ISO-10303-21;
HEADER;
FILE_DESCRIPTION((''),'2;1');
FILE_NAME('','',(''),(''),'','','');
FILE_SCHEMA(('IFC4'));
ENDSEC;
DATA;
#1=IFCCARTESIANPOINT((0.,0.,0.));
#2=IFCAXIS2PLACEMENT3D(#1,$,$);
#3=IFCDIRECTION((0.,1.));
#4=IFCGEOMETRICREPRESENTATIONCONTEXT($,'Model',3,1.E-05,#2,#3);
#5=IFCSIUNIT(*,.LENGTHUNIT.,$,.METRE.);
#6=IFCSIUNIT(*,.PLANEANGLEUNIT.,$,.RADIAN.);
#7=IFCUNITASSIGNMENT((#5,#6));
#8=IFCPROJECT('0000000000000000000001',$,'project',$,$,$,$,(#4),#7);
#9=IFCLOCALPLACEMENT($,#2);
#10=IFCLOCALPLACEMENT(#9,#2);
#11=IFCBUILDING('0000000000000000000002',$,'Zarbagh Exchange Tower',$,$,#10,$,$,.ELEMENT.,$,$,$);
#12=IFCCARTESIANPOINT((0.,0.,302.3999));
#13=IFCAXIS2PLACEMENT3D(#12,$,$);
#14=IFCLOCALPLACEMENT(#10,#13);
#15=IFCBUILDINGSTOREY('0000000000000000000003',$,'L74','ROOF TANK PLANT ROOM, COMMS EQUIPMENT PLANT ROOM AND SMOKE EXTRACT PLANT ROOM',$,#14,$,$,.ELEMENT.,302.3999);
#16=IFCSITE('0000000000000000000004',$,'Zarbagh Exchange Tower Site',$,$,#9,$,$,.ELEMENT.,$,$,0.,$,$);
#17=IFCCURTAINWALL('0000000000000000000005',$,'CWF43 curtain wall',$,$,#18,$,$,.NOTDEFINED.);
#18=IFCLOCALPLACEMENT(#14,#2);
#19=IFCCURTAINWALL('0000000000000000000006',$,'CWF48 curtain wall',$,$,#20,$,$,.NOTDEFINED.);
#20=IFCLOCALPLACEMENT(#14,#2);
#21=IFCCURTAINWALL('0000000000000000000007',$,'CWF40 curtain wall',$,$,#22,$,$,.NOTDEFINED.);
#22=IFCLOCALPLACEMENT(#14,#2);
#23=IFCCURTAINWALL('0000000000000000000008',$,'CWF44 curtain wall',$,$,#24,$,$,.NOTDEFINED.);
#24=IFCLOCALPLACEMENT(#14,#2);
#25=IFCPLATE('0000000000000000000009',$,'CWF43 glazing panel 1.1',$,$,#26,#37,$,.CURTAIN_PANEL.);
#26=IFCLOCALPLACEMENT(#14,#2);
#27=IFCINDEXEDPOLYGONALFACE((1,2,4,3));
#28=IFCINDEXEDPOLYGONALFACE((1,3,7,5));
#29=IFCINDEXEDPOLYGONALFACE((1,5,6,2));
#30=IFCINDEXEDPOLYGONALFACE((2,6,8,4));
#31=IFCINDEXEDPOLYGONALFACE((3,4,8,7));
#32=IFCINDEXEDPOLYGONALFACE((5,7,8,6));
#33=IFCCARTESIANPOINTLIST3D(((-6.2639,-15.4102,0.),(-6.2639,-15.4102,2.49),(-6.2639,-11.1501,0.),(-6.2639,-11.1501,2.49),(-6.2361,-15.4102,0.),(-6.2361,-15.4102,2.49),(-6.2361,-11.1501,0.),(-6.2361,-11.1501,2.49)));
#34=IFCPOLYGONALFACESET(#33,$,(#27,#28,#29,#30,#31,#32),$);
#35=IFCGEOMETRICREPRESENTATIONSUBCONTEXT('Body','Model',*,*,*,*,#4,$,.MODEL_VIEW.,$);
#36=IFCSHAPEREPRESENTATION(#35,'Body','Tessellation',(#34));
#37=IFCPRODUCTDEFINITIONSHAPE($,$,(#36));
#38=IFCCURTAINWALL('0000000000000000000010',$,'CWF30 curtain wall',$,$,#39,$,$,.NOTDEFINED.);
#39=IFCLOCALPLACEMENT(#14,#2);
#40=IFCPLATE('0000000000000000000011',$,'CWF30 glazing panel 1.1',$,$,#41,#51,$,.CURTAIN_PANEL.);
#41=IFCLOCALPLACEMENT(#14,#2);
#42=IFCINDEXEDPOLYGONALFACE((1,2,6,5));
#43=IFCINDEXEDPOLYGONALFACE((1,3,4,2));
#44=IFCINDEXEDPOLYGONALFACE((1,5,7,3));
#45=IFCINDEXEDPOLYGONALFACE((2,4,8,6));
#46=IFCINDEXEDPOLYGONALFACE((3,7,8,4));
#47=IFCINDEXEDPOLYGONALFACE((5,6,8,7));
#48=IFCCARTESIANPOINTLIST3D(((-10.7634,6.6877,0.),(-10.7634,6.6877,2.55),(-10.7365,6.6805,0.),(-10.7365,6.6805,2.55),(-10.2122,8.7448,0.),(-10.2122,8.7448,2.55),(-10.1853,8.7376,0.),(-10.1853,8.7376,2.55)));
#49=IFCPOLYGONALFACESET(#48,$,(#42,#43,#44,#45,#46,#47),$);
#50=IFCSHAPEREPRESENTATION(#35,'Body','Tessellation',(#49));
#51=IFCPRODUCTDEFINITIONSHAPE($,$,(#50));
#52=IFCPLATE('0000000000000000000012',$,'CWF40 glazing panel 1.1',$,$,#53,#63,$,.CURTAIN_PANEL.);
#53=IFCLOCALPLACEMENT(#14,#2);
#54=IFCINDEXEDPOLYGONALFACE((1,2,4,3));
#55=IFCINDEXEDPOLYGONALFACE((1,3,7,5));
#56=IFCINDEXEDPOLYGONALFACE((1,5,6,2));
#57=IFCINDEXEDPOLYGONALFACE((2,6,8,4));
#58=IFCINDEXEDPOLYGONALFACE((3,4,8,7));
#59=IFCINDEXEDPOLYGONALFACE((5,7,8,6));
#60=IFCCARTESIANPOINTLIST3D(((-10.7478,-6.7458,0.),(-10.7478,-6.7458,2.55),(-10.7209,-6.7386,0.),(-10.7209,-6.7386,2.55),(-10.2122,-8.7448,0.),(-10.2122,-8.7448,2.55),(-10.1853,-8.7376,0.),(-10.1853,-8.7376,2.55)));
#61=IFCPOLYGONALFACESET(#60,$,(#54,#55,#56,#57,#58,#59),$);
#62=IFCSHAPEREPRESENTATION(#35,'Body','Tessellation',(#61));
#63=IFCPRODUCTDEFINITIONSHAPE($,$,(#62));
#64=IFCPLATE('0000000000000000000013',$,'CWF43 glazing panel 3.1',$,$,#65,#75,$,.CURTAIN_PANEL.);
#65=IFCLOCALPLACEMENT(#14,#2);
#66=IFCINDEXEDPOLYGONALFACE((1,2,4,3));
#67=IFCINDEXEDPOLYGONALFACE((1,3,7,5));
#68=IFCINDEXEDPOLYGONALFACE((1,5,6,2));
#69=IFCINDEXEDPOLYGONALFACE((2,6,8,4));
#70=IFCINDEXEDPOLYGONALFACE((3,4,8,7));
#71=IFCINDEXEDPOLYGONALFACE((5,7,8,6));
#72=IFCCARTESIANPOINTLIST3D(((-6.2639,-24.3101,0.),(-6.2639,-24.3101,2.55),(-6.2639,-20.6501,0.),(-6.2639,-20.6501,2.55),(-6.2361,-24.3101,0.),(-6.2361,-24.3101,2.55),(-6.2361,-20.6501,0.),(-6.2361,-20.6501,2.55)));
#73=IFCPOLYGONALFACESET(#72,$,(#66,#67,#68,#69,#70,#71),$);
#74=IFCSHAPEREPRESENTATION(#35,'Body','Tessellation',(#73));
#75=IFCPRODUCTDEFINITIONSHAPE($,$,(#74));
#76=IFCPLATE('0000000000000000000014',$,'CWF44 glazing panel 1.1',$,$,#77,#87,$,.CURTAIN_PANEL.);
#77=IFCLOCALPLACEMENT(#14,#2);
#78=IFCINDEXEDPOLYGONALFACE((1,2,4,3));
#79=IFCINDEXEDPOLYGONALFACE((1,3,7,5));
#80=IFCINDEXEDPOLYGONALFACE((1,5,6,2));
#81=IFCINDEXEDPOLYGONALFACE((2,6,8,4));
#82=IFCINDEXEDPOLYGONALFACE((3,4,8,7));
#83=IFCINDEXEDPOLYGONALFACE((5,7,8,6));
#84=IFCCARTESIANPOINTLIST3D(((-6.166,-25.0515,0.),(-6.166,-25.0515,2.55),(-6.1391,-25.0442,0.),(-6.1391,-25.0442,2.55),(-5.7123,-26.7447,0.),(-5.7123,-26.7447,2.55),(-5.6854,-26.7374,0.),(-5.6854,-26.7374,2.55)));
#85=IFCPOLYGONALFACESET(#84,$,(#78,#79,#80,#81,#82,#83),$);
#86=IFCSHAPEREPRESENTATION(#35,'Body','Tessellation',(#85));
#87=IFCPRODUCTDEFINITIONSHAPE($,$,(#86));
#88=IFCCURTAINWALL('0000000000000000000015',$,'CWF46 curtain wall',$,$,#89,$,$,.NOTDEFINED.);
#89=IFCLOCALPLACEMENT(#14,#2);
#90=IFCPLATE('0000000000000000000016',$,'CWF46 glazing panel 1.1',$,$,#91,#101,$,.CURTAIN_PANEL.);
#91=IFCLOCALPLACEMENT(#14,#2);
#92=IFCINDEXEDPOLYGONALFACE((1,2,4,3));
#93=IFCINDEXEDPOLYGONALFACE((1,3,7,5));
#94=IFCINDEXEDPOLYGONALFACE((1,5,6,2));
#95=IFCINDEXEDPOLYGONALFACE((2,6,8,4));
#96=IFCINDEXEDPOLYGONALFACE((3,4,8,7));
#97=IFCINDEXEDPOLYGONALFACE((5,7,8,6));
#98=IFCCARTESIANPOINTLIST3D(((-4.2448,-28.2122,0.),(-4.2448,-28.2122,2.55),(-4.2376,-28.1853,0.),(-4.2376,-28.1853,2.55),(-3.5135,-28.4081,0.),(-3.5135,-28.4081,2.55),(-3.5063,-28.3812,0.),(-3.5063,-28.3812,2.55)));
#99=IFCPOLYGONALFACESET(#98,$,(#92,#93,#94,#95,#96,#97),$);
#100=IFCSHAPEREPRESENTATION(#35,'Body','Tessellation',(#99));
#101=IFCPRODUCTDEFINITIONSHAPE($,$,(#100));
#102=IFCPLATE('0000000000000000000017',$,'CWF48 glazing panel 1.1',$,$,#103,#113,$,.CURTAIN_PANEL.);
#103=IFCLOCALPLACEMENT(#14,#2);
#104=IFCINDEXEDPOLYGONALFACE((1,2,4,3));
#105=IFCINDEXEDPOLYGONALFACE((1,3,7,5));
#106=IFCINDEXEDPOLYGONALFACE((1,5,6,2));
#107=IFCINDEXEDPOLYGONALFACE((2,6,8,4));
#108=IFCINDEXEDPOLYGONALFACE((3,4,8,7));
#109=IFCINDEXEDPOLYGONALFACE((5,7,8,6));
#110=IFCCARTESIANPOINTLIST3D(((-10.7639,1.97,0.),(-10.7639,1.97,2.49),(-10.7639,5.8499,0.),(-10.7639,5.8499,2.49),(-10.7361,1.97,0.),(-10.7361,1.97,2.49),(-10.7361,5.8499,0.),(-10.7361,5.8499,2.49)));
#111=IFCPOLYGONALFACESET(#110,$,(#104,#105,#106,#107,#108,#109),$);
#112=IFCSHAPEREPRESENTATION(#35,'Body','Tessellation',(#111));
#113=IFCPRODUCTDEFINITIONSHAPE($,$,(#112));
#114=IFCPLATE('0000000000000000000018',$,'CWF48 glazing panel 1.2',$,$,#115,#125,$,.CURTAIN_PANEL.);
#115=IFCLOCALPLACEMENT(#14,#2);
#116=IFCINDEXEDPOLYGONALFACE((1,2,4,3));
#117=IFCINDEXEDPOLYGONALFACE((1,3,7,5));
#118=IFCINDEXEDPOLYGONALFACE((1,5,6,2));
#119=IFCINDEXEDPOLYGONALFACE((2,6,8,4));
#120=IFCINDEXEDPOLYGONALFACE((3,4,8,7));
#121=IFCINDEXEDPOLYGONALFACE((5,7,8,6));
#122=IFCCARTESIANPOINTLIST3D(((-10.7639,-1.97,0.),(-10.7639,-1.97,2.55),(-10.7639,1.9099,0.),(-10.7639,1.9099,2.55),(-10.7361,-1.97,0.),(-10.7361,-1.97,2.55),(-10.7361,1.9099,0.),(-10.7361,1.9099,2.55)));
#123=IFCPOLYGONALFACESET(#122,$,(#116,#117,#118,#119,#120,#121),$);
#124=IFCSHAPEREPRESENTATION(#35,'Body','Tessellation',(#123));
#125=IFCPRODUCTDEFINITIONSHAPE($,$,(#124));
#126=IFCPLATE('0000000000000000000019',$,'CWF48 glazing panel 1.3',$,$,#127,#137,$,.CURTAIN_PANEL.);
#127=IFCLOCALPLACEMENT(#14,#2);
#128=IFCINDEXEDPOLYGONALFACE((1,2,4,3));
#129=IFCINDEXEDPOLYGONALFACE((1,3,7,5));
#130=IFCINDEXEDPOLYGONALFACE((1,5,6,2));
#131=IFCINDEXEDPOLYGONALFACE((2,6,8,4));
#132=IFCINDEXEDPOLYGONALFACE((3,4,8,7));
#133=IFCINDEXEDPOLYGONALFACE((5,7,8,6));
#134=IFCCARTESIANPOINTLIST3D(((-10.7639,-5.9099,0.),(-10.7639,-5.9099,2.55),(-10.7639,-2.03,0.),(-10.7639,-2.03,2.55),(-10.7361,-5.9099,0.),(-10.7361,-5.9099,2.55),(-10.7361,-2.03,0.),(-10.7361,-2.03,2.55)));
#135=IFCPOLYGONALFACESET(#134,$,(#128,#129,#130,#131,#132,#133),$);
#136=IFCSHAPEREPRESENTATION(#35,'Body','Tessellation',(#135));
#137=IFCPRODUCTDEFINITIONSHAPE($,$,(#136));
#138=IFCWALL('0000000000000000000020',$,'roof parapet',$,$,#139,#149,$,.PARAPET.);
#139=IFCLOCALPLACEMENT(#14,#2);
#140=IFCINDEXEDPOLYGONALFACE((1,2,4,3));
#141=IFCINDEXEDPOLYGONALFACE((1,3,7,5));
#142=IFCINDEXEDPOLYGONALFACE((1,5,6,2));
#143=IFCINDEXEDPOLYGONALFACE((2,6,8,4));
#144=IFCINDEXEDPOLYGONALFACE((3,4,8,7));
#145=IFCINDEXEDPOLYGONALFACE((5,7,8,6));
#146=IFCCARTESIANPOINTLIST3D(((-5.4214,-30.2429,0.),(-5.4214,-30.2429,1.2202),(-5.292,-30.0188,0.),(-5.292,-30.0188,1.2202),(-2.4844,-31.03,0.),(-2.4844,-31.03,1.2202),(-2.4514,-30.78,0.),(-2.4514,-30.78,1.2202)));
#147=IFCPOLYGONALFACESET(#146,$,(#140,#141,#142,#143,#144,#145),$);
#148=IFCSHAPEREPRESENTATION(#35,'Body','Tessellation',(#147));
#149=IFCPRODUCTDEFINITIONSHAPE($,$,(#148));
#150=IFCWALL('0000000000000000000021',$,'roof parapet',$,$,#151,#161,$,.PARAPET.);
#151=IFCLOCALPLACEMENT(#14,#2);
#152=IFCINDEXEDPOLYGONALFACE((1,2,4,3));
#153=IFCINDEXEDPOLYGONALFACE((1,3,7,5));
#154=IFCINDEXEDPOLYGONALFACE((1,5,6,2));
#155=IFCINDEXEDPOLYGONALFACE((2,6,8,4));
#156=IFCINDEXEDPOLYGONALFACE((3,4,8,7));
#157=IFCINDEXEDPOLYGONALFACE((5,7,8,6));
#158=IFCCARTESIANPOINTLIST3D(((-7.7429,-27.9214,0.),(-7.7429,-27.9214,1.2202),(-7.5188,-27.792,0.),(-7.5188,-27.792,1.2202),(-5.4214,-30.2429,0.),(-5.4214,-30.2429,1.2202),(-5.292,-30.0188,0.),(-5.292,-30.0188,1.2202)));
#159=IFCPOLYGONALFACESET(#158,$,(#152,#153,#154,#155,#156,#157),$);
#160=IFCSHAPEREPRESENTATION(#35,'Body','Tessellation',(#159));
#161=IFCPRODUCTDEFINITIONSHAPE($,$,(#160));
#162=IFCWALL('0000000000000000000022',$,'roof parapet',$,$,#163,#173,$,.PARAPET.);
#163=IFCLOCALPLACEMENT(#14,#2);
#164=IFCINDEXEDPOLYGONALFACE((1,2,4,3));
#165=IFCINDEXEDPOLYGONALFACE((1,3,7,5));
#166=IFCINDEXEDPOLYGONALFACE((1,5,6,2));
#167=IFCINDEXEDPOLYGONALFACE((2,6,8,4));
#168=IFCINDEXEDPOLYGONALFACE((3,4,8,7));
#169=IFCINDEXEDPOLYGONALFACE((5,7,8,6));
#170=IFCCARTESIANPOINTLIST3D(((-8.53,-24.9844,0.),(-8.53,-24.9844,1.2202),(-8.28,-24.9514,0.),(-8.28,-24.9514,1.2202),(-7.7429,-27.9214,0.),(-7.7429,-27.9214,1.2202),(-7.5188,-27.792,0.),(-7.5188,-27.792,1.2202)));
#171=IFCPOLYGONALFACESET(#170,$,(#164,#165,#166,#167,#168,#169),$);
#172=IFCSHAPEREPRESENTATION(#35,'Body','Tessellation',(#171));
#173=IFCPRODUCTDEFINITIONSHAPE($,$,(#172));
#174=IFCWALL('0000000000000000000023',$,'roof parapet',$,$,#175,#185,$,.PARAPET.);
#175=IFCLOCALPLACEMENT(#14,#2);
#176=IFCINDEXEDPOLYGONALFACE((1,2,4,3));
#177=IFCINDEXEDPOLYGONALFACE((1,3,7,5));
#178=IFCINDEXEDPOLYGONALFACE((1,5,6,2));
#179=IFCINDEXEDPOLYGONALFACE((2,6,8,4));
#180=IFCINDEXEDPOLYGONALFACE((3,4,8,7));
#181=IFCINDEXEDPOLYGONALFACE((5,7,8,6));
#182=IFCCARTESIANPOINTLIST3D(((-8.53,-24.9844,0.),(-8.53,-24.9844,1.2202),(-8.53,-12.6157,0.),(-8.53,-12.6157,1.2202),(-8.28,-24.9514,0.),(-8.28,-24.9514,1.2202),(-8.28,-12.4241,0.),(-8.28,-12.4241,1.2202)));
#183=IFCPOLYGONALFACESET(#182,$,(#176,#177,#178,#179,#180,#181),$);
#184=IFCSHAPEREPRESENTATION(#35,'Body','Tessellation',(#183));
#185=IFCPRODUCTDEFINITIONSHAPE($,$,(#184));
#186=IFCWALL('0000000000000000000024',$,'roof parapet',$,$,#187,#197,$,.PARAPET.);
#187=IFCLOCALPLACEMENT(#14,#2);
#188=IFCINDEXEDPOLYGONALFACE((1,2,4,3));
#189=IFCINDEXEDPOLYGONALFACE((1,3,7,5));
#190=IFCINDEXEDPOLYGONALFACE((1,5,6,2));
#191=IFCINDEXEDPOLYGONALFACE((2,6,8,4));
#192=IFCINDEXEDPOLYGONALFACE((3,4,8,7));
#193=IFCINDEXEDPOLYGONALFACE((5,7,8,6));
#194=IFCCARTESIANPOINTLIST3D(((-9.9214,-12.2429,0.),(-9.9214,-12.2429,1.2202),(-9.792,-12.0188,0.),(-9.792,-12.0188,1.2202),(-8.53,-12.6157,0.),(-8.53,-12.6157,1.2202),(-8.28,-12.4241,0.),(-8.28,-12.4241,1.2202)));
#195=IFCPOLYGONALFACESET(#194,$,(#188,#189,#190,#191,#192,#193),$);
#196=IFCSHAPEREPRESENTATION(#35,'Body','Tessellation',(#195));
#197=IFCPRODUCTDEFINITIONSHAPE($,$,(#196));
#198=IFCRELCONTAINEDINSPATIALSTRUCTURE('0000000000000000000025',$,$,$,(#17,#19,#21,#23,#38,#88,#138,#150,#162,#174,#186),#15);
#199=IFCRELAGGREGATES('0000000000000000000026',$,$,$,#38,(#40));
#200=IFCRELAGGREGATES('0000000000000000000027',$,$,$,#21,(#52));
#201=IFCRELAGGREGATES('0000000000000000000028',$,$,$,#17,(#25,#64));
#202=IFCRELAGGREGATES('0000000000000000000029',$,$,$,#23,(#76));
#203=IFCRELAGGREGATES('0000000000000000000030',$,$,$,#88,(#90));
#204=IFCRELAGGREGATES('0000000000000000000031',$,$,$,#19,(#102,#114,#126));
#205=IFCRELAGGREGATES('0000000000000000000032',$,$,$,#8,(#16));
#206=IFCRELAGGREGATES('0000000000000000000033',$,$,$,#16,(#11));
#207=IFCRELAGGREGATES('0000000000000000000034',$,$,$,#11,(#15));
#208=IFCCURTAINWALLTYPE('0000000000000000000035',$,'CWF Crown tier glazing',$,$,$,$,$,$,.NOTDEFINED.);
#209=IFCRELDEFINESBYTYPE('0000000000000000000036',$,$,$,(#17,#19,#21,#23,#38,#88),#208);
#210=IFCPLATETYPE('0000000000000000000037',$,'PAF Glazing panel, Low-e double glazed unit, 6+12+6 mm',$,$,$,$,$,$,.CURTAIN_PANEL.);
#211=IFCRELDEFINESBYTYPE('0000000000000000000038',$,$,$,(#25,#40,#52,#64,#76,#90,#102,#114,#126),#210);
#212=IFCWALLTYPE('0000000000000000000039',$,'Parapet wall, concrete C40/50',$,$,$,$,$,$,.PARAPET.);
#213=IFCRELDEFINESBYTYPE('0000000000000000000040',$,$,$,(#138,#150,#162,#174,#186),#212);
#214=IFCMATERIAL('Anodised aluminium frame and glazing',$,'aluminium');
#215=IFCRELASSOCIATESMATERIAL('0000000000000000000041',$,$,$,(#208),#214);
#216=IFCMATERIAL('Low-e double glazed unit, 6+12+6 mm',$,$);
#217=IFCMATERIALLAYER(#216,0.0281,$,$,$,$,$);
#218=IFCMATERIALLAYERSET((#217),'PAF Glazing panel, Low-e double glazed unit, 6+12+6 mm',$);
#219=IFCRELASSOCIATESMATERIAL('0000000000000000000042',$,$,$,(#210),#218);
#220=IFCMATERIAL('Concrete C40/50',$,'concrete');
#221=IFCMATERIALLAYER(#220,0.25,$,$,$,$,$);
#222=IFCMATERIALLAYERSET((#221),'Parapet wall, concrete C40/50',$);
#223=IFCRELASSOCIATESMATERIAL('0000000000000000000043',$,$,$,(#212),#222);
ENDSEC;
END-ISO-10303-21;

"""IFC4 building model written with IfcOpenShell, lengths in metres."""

from ifc_helpers import new_model, si_unit, direction, frame, origin, place, context, subcontext, project, spatial, polyline, outline, extrude, source, transform, mapped, material, layer, layer_set, type_object, element, aggregate, save


model = new_model("IFC4")

# Units and contexts
model_context = context("Model", 3, precision=1e-05, world=origin(), true_north=direction((0.0, 1.0)))
body_context = subcontext(model_context, "Body", "Model", "MODEL_VIEW")
ifc_project = project(units=[si_unit("LENGTHUNIT", "METRE"), si_unit("PLANEANGLEUNIT", "RADIAN")], contexts=[model_context])

# Site, building, storey
site_placement = place(None, origin())
site = spatial("IfcSite", under=ifc_project, at=site_placement, Name="Zarbagh Exchange Tower Site", CompositionType="ELEMENT", RefElevation=0.0)
building_placement = place(site_placement, origin())
building = spatial("IfcBuilding", under=site, at=building_placement, Name="Zarbagh Exchange Tower", CompositionType="ELEMENT")
storey_placement = place(building_placement, frame((0.0, 0.0, 302.3999)))
storey = spatial("IfcBuildingStorey", under=building, at=storey_placement, Name="L74", Description="ROOF TANK PLANT ROOM, COMMS EQUIPMENT PLANT ROOM AND SMOKE EXTRACT PLANT ROOM", CompositionType="ELEMENT", Elevation=302.3999)

# Curtain wall
ifc_material_1 = material(Name="Anodised aluminium frame and glazing", Category="aluminium")
curtain_wall_type = type_object("IfcCurtainWallType", Name="CWF Crown tier glazing", PredefinedType="NOTDEFINED", material=ifc_material_1)
curtain_wall_1_placement = place(storey_placement, origin())
curtain_wall_1 = element("IfcCurtainWall", 1, at=curtain_wall_1_placement, inside=storey, type_object=curtain_wall_type, Name="CWF43 curtain wall", PredefinedType="NOTDEFINED")
placement = place(storey_placement, origin())

# Curtain wall
curtain_wall_2_placement = place(storey_placement, origin())
curtain_wall_2 = element("IfcCurtainWall", 2, at=curtain_wall_2_placement, inside=storey, type_object=curtain_wall_type, Name="CWF48 curtain wall", PredefinedType="NOTDEFINED")

# Curtain wall
curtain_wall_3_placement = place(storey_placement, origin())
curtain_wall_3 = element("IfcCurtainWall", 3, at=curtain_wall_3_placement, inside=storey, type_object=curtain_wall_type, Name="CWF40 curtain wall", PredefinedType="NOTDEFINED")

# Curtain wall
curtain_wall_4_placement = place(storey_placement, origin())
curtain_wall_4 = element("IfcCurtainWall", 4, at=curtain_wall_4_placement, inside=storey, type_object=curtain_wall_type, Name="CWF44 curtain wall", PredefinedType="NOTDEFINED")

# Shared definitions
ifc_material_2 = material(Name="Low-e double glazed unit, 6+12+6 mm")
ifc_layer_1 = layer(ifc_material_2, 0.0281)
ifc_layer_set_1 = layer_set([ifc_layer_1], Name="PAF Glazing panel, Low-e double glazed unit, 6+12+6 mm")
plate_type = type_object("IfcPlateType", Name="PAF Glazing panel, Low-e double glazed unit, 6+12+6 mm", PredefinedType="CURTAIN_PANEL", material=ifc_layer_set_1)

# Plate
shared_shape_1 = source(origin(), body_context, "Body", "SweptSolid", [
    extrude(outline(polyline([(0.0, -0.0139), (4.26, -0.0139), (4.26, 0.0139), (0.0, 0.0139), (0.0, -0.0139)])), origin(), (0.0, 0.0, 1.0), 2.49),
])
plate_1 = element("IfcPlate", 5, at=placement, type_object=plate_type, Name="CWF43 glazing panel 1.1", PredefinedType="CURTAIN_PANEL", context=body_context, shape_type="MappedRepresentation", body=[
    mapped(shared_shape_1, transform((-6.25, -11.1501, 0.0), x_axis=(0.0, -1.0, 0.0), y_axis=(1.0, 0.0, 0.0), z_axis=(0.0, 0.0, 1.0))),
])

# Curtain wall, plate
curtain_wall_5_placement = place(storey_placement, origin())
curtain_wall_5 = element("IfcCurtainWall", 6, at=curtain_wall_5_placement, inside=storey, type_object=curtain_wall_type, Name="CWF30 curtain wall", PredefinedType="NOTDEFINED")
shared_shape_2 = source(origin(), body_context, "Body", "SweptSolid", [
    extrude(outline(polyline([(0.0, -0.0139), (2.1296, -0.0139), (2.1296, 0.0139), (0.0, 0.0139), (0.0, -0.0139)])), origin(), (0.0, 0.0, 1.0), 2.55),
])
plate_2 = element("IfcPlate", 7, at=placement, type_object=plate_type, Name="CWF30 glazing panel 1.1", PredefinedType="CURTAIN_PANEL", context=body_context, shape_type="MappedRepresentation", body=[
    mapped(shared_shape_2, transform((-10.1987, 8.7412, 0.0), x_axis=(-0.258825, -0.965924, 0.0), y_axis=(0.965924, -0.258825, 0.0), z_axis=(0.0, 0.0, 1.0))),
])
aggregate(curtain_wall_5, [plate_2])

# Plates
shared_shape_3 = source(origin(), body_context, "Body", "SweptSolid", [
    extrude(outline(polyline([(0.0, -0.0139), (2.0696, -0.0139), (2.0696, 0.0139), (0.0, 0.0139), (0.0, -0.0139)])), origin(), (0.0, 0.0, 1.0), 2.55),
])
plate_3 = element("IfcPlate", 8, at=placement, type_object=plate_type, Name="CWF40 glazing panel 1.1", PredefinedType="CURTAIN_PANEL", context=body_context, shape_type="MappedRepresentation", body=[
    mapped(shared_shape_3, transform((-10.7344, -6.7422, 0.0), x_axis=(0.258825, -0.965924, 0.0), y_axis=(0.965924, 0.258825, 0.0), z_axis=(0.0, 0.0, 1.0))),
])
aggregate(curtain_wall_3, [plate_3])
shared_shape_4 = source(origin(), body_context, "Body", "SweptSolid", [
    extrude(outline(polyline([(0.0, -0.0139), (3.6599, -0.0139), (3.6599, 0.0139), (0.0, 0.0139), (0.0, -0.0139)])), origin(), (0.0, 0.0, 1.0), 2.55),
])
plate_4 = element("IfcPlate", 9, at=placement, type_object=plate_type, Name="CWF43 glazing panel 3.1", PredefinedType="CURTAIN_PANEL", context=body_context, shape_type="MappedRepresentation", body=[
    mapped(shared_shape_4, transform((-6.25, -20.6501, 0.0), x_axis=(0.0, -1.0, 0.0), y_axis=(1.0, 0.0, 0.0), z_axis=(0.0, 0.0, 1.0))),
])
aggregate(curtain_wall_1, [plate_1, plate_4])
shared_shape_5 = source(origin(), body_context, "Body", "SweptSolid", [
    extrude(outline(polyline([(0.0, -0.0139), (1.7529, -0.0139), (1.7529, 0.0139), (0.0, 0.0139), (0.0, -0.0139)])), origin(), (0.0, 0.0, 1.0), 2.55),
])
plate_5 = element("IfcPlate", 10, at=placement, type_object=plate_type, Name="CWF44 glazing panel 1.1", PredefinedType="CURTAIN_PANEL", context=body_context, shape_type="MappedRepresentation", body=[
    mapped(shared_shape_5, transform((-6.1526, -25.0479, 0.0), x_axis=(0.258825, -0.965924, 0.0), y_axis=(0.965924, 0.258825, 0.0), z_axis=(0.0, 0.0, 1.0))),
])
aggregate(curtain_wall_4, [plate_5])

# Curtain wall, plate
curtain_wall_6_placement = place(storey_placement, origin())
curtain_wall_6 = element("IfcCurtainWall", 11, at=curtain_wall_6_placement, inside=storey, type_object=curtain_wall_type, Name="CWF46 curtain wall", PredefinedType="NOTDEFINED")
shared_shape_6 = source(origin(), body_context, "Body", "SweptSolid", [
    extrude(outline(polyline([(0.0, -0.0139), (0.7571, -0.0139), (0.7571, 0.0139), (0.0, 0.0139), (0.0, -0.0139)])), origin(), (0.0, 0.0, 1.0), 2.55),
])
plate_6 = element("IfcPlate", 12, at=placement, type_object=plate_type, Name="CWF46 glazing panel 1.1", PredefinedType="CURTAIN_PANEL", context=body_context, shape_type="MappedRepresentation", body=[
    mapped(shared_shape_6, transform((-4.2412, -28.1987, 0.0), x_axis=(0.965924, -0.258825, 0.0), y_axis=(0.258825, 0.965924, 0.0), z_axis=(0.0, 0.0, 1.0))),
])
aggregate(curtain_wall_6, [plate_6])

# Plates
shared_shape_7 = source(origin(), body_context, "Body", "SweptSolid", [
    extrude(outline(polyline([(0.0, -0.0139), (3.8799, -0.0139), (3.8799, 0.0139), (0.0, 0.0139), (0.0, -0.0139)])), origin(), (0.0, 0.0, 1.0), 2.49),
])
plate_7 = element("IfcPlate", 13, at=placement, type_object=plate_type, Name="CWF48 glazing panel 1.1", PredefinedType="CURTAIN_PANEL", context=body_context, shape_type="MappedRepresentation", body=[
    mapped(shared_shape_7, transform((-10.75, 5.8499, 0.0), x_axis=(0.0, -1.0, 0.0), y_axis=(1.0, 0.0, 0.0), z_axis=(0.0, 0.0, 1.0))),
])
shared_shape_8 = source(origin(), body_context, "Body", "SweptSolid", [
    extrude(outline(polyline([(0.0, -0.0139), (3.8799, -0.0139), (3.8799, 0.0139), (0.0, 0.0139), (0.0, -0.0139)])), origin(), (0.0, 0.0, 1.0), 2.55),
])
plate_8 = element("IfcPlate", 14, at=placement, type_object=plate_type, Name="CWF48 glazing panel 1.2", PredefinedType="CURTAIN_PANEL", context=body_context, shape_type="MappedRepresentation", body=[
    mapped(shared_shape_8, transform((-10.75, 1.9099, 0.0), x_axis=(0.0, -1.0, 0.0), y_axis=(1.0, 0.0, 0.0), z_axis=(0.0, 0.0, 1.0))),
])
plate_9 = element("IfcPlate", 15, at=placement, type_object=plate_type, Name="CWF48 glazing panel 1.3", PredefinedType="CURTAIN_PANEL", context=body_context, shape_type="MappedRepresentation", body=[
    mapped(shared_shape_8, transform((-10.75, -2.03, 0.0), x_axis=(0.0, -1.0, 0.0), y_axis=(1.0, 0.0, 0.0), z_axis=(0.0, 0.0, 1.0))),
])
aggregate(curtain_wall_2, [plate_7, plate_8, plate_9])

# Walls
ifc_material_3 = material(Name="Concrete C40/50", Category="concrete")
ifc_layer_2 = layer(ifc_material_3, 0.25)
ifc_layer_set_2 = layer_set([ifc_layer_2], Name="Parapet wall, concrete C40/50")
wall_type = type_object("IfcWallType", Name="Parapet wall, concrete C40/50", PredefinedType="PARAPET", material=ifc_layer_set_2)
wall_1_placement = place(storey_placement, origin())
element("IfcWall", 16, at=wall_1_placement, inside=storey, type_object=wall_type, Name="roof parapet", PredefinedType="PARAPET", context=body_context, shape_type="SweptSolid", body=[
    extrude(outline(polyline([(-2.4844, -31.03), (-5.4214, -30.2429), (-5.292, -30.0188), (-2.4514, -30.78), (-2.4844, -31.03)])), origin(), (0.0, 0.0, 1.0), 1.2202),
])
wall_2_placement = place(storey_placement, origin())
element("IfcWall", 17, at=wall_2_placement, inside=storey, type_object=wall_type, Name="roof parapet", PredefinedType="PARAPET", context=body_context, shape_type="SweptSolid", body=[
    extrude(outline(polyline([(-5.4214, -30.2429), (-7.7429, -27.9214), (-7.5188, -27.792), (-5.292, -30.0188), (-5.4214, -30.2429)])), origin(), (0.0, 0.0, 1.0), 1.2202),
])
wall_3_placement = place(storey_placement, origin())
element("IfcWall", 18, at=wall_3_placement, inside=storey, type_object=wall_type, Name="roof parapet", PredefinedType="PARAPET", context=body_context, shape_type="SweptSolid", body=[
    extrude(outline(polyline([(-7.7429, -27.9214), (-8.53, -24.9844), (-8.28, -24.9514), (-7.5188, -27.792), (-7.7429, -27.9214)])), origin(), (0.0, 0.0, 1.0), 1.2202),
])
wall_4_placement = place(storey_placement, origin())
element("IfcWall", 19, at=wall_4_placement, inside=storey, type_object=wall_type, Name="roof parapet", PredefinedType="PARAPET", context=body_context, shape_type="SweptSolid", body=[
    extrude(outline(polyline([(-8.53, -24.9844), (-8.53, -12.6157), (-8.28, -12.4241), (-8.28, -24.9514), (-8.53, -24.9844)])), origin(), (0.0, 0.0, 1.0), 1.2202),
])
wall_5_placement = place(storey_placement, origin())
element("IfcWall", 20, at=wall_5_placement, inside=storey, type_object=wall_type, Name="roof parapet", PredefinedType="PARAPET", context=body_context, shape_type="SweptSolid", body=[
    extrude(outline(polyline([(-8.53, -12.6157), (-9.9214, -12.2429), (-9.792, -12.0188), (-8.28, -12.4241), (-8.53, -12.6157)])), origin(), (0.0, 0.0, 1.0), 1.2202),
])

save(model, "model.ifc")
